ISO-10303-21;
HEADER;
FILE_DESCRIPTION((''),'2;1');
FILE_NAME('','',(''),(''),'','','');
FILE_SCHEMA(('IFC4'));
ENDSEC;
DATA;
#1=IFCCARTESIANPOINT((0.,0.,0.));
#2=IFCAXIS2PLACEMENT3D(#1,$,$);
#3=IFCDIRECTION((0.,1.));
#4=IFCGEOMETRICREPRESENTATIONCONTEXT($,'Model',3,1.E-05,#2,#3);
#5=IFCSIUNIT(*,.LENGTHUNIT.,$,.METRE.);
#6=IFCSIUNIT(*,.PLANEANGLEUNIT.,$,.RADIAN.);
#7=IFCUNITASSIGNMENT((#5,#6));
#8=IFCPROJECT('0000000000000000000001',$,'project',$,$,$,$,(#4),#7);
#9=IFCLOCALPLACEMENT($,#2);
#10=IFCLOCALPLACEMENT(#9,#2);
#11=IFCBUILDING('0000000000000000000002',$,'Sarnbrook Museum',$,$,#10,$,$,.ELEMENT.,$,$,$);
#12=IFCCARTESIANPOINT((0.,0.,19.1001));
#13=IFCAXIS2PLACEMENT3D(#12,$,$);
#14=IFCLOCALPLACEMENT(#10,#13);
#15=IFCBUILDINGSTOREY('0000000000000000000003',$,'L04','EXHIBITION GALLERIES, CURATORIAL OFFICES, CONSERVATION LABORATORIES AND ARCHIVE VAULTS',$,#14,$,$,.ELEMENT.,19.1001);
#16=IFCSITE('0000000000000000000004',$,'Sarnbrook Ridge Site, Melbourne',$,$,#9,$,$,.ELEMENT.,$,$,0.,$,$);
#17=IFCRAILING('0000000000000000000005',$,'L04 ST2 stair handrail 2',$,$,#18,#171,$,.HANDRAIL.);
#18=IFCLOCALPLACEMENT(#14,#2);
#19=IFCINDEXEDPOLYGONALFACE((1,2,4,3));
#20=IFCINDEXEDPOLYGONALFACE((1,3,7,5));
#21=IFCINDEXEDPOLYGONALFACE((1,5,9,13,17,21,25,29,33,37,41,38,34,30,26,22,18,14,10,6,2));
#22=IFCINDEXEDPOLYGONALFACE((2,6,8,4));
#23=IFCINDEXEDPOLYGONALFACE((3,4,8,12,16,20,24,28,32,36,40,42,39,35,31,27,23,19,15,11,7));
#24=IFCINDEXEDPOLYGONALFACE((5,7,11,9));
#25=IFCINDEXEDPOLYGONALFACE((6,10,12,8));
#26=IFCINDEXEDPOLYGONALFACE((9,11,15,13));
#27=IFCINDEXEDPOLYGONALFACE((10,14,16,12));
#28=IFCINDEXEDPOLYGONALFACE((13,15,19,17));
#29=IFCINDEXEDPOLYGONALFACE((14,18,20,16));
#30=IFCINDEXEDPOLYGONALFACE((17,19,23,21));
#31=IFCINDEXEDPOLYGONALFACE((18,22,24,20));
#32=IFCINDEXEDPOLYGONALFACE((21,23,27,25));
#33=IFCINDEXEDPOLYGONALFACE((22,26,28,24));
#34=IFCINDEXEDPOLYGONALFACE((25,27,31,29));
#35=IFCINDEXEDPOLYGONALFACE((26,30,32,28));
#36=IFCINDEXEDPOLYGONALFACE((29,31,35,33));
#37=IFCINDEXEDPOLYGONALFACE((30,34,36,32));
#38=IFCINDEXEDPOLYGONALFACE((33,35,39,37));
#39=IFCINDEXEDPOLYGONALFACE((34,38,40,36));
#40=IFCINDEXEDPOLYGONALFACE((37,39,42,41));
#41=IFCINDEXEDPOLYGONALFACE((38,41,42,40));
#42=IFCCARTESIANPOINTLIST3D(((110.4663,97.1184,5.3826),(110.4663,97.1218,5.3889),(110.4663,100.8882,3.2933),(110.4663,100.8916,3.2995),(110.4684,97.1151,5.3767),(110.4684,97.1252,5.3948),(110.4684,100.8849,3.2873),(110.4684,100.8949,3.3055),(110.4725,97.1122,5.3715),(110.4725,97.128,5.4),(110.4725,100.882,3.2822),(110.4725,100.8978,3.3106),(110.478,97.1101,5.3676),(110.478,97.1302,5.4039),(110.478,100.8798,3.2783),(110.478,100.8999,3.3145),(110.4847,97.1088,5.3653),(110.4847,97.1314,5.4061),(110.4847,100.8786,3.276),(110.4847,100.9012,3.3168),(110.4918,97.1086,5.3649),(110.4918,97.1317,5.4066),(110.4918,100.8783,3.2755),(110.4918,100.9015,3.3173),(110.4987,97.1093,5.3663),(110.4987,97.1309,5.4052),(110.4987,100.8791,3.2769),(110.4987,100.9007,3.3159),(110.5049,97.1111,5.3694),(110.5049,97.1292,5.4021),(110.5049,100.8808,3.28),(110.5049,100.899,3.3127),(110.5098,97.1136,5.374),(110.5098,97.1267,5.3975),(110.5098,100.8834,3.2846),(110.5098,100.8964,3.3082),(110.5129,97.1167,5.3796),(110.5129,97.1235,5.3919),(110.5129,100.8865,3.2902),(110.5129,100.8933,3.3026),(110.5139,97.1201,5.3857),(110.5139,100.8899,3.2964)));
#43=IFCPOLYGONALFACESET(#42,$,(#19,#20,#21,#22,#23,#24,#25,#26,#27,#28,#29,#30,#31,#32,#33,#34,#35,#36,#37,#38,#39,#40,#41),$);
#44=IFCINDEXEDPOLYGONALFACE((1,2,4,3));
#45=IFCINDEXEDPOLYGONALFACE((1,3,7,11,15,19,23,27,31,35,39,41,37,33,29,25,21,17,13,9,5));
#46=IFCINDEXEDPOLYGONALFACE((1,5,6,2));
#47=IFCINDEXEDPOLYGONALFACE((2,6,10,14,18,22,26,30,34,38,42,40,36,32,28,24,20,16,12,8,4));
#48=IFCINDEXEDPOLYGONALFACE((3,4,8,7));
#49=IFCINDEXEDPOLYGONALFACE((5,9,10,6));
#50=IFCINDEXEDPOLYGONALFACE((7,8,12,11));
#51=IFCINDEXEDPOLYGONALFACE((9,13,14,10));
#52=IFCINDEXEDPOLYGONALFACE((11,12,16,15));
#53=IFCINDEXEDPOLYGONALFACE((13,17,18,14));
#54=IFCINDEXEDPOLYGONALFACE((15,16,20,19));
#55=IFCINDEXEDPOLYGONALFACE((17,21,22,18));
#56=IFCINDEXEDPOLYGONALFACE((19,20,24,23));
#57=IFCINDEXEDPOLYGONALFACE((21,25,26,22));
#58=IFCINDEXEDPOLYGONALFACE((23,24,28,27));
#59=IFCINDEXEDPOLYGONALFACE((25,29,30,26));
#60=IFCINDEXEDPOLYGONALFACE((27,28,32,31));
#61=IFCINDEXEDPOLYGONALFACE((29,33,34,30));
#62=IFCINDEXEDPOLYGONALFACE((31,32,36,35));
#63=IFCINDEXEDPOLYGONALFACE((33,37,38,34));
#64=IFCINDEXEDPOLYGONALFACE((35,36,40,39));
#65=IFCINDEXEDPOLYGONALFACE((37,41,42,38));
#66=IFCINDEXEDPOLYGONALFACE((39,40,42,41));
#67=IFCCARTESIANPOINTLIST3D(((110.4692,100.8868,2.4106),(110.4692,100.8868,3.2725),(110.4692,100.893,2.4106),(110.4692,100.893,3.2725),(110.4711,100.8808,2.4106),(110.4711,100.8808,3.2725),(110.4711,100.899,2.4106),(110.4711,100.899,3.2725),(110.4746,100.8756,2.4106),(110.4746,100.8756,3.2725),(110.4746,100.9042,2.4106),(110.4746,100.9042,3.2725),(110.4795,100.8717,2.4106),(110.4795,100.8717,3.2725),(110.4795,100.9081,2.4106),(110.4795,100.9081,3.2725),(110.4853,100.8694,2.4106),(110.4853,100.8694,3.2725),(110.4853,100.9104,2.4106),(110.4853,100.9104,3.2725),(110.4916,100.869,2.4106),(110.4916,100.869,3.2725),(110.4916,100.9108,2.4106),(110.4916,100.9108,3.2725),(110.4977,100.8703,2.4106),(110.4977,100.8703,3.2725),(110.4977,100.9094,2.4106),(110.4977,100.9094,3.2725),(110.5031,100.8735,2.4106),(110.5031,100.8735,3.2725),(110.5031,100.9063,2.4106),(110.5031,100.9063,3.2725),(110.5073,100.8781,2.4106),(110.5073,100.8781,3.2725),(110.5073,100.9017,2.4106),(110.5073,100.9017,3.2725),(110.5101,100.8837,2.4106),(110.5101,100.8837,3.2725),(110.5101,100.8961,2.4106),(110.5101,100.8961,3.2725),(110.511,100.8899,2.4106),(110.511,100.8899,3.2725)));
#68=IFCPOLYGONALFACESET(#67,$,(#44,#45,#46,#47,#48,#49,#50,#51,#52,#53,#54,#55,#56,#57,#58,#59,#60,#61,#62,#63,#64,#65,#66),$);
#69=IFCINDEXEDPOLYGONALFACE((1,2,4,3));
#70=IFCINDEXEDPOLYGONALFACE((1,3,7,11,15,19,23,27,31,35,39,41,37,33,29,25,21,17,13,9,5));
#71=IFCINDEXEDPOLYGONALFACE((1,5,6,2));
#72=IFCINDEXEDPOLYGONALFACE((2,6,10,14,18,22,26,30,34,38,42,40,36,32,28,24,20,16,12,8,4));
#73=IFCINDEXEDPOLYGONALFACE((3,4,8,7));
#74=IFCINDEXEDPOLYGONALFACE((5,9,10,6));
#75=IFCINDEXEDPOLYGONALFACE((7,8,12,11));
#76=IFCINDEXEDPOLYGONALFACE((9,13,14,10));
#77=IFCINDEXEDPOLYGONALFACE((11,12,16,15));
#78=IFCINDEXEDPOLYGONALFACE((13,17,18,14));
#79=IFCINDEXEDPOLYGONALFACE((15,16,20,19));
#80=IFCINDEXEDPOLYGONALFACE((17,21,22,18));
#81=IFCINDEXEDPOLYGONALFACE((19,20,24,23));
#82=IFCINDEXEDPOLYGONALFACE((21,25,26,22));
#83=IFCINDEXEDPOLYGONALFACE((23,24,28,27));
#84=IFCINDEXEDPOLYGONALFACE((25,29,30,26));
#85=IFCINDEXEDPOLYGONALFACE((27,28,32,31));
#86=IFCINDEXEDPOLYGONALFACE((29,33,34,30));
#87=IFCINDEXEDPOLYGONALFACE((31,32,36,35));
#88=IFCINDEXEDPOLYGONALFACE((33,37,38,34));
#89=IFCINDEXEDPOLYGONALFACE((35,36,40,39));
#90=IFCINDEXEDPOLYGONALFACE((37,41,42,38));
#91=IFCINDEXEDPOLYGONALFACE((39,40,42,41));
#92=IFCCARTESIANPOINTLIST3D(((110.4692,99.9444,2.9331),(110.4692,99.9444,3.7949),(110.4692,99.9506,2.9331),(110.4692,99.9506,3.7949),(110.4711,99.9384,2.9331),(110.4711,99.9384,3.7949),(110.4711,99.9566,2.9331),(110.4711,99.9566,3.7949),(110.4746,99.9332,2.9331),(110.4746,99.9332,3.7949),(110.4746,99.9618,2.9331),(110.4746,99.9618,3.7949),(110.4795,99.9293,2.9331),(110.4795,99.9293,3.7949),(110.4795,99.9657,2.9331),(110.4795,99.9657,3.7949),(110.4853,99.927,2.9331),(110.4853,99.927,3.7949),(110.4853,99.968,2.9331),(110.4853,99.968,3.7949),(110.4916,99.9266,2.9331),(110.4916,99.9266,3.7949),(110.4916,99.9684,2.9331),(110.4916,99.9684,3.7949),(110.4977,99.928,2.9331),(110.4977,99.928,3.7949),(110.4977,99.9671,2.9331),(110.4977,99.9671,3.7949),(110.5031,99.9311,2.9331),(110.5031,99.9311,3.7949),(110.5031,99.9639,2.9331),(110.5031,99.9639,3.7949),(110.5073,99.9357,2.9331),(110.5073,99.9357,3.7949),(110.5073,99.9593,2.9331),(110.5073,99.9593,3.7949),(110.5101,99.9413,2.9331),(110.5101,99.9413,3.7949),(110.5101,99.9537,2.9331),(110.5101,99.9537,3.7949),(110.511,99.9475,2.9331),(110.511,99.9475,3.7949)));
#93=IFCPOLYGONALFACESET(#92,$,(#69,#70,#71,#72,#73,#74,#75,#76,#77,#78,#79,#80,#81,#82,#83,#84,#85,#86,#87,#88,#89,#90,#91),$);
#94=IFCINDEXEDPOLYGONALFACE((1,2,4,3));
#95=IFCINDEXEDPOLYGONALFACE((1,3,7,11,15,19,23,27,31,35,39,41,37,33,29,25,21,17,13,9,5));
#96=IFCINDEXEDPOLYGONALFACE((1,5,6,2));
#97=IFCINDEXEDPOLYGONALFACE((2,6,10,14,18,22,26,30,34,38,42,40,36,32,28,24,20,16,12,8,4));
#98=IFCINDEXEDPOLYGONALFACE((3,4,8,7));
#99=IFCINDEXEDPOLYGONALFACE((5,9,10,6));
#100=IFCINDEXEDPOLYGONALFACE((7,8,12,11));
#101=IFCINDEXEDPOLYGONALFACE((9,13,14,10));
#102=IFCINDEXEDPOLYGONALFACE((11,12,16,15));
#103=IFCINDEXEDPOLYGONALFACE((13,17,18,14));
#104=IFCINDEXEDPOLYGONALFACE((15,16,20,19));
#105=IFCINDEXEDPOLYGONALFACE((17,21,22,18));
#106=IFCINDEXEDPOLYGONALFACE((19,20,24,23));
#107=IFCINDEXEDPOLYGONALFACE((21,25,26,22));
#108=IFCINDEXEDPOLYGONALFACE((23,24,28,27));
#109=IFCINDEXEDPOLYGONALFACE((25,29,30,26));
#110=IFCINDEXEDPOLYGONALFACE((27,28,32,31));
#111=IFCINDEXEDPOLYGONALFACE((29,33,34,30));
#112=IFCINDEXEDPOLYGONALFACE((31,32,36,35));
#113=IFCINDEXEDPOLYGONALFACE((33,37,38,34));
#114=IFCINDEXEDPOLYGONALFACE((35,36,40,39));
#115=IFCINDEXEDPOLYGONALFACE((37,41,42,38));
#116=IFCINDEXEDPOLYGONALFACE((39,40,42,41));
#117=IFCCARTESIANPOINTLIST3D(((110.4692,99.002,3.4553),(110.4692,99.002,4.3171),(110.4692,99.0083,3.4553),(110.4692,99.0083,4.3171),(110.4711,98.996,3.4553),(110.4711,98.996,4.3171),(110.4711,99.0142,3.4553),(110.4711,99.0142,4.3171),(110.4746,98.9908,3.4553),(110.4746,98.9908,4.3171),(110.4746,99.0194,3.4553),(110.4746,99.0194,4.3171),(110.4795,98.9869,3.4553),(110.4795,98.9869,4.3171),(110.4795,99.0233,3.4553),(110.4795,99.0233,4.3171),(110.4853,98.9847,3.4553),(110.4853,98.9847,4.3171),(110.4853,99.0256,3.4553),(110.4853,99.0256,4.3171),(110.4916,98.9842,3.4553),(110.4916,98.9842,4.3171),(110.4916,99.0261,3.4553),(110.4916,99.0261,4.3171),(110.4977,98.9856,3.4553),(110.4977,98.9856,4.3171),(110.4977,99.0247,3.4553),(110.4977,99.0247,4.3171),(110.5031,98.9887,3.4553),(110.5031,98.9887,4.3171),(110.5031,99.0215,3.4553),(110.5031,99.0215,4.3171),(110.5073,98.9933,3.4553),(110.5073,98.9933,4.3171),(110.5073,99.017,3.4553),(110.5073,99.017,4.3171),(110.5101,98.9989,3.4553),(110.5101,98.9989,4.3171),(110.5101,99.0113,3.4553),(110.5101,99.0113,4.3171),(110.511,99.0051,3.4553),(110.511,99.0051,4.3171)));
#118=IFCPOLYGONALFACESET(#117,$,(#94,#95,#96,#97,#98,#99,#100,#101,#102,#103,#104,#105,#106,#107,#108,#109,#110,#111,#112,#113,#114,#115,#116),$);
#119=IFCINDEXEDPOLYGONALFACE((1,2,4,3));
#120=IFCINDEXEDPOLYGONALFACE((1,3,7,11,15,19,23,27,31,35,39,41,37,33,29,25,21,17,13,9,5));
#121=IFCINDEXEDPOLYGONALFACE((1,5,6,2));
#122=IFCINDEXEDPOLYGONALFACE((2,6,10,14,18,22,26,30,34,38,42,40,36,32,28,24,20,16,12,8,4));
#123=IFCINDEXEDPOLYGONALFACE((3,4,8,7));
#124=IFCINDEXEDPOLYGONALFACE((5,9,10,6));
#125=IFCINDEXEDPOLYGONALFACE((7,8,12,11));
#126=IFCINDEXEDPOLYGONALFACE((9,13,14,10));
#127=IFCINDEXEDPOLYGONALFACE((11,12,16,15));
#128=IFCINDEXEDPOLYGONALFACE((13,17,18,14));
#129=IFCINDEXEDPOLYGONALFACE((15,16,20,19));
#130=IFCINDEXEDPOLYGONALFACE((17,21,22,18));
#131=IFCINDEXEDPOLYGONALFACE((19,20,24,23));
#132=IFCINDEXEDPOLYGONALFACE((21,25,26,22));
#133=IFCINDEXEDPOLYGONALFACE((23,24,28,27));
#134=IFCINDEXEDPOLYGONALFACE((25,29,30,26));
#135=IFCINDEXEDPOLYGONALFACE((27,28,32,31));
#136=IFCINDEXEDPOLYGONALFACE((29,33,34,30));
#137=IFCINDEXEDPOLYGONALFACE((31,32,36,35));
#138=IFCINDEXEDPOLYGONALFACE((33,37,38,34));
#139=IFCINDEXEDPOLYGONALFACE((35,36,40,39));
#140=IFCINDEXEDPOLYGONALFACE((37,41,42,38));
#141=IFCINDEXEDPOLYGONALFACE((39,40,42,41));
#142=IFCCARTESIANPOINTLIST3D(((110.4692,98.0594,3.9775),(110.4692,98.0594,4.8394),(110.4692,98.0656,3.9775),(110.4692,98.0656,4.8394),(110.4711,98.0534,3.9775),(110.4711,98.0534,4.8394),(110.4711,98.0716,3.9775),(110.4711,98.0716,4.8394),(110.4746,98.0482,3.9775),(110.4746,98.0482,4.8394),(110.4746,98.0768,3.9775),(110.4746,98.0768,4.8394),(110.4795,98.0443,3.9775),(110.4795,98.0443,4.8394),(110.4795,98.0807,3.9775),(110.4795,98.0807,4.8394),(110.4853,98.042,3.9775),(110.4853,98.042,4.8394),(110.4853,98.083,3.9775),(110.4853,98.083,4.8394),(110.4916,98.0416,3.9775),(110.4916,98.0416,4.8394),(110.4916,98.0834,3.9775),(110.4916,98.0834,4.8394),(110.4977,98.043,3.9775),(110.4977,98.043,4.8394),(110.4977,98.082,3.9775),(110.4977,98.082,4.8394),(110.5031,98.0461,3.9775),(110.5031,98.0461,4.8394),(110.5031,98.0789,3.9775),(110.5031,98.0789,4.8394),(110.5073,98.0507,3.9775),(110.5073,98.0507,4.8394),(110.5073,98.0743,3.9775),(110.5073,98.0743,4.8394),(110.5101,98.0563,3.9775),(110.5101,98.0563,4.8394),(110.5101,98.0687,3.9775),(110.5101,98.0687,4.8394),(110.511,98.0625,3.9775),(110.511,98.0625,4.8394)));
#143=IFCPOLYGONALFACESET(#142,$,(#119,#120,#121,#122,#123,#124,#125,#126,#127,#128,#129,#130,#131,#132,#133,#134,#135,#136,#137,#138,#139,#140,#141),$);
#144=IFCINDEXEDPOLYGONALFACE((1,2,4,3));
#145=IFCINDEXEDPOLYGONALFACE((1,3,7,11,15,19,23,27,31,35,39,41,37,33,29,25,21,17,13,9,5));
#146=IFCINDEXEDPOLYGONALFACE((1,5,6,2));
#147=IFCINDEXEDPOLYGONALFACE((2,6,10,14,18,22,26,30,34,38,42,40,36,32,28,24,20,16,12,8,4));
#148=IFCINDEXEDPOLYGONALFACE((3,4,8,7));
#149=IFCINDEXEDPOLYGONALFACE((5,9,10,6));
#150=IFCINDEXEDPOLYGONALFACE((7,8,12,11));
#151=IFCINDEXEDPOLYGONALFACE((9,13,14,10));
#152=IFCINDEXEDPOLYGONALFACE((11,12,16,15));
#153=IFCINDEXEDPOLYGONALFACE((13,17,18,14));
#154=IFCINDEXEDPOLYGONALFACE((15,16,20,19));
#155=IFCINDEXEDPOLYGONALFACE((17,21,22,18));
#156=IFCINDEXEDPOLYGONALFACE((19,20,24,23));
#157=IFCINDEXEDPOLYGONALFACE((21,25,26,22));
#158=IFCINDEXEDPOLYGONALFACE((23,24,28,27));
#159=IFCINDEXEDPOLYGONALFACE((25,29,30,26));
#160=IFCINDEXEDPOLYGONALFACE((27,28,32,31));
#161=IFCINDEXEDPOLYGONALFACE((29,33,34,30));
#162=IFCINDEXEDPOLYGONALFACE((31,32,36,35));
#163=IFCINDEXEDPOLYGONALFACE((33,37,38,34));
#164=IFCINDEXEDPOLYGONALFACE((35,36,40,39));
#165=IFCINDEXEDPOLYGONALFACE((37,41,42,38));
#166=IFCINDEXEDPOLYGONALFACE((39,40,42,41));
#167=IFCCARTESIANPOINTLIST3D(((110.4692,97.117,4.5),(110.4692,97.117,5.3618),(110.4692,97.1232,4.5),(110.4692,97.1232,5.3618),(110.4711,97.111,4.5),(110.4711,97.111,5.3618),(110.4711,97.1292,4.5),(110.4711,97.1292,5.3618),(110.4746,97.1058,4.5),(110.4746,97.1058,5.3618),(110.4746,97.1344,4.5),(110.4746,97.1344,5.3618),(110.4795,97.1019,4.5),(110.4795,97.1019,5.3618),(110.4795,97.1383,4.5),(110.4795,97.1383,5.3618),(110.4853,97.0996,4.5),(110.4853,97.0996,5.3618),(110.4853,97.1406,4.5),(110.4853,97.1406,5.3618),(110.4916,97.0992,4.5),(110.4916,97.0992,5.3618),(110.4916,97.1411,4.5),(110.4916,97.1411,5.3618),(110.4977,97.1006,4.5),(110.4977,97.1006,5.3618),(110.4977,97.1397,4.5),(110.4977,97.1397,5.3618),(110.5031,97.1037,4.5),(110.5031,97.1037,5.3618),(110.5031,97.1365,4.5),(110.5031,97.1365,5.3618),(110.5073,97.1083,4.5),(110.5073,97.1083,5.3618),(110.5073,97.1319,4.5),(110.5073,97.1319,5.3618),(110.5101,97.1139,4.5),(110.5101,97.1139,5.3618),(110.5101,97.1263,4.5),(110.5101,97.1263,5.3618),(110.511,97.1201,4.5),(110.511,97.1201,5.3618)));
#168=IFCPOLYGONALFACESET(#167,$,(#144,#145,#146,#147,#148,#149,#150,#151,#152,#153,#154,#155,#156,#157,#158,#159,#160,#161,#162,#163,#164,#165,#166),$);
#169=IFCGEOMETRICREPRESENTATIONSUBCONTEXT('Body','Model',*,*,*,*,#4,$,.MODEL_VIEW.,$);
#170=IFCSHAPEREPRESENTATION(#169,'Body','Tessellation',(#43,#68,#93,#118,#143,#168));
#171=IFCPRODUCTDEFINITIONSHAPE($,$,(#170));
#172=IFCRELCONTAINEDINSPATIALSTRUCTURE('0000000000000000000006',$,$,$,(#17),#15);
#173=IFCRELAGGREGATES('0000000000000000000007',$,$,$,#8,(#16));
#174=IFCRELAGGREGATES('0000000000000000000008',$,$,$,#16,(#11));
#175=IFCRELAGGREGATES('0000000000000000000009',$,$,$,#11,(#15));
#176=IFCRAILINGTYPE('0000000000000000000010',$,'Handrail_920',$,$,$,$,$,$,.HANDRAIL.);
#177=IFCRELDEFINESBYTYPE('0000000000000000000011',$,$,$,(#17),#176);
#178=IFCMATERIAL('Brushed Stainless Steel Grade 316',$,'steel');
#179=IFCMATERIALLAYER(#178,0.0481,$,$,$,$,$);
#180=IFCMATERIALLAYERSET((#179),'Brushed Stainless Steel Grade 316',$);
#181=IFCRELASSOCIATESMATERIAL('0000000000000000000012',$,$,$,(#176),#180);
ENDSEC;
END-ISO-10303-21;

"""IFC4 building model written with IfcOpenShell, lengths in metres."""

from ifc_helpers import new_model, si_unit, direction, frame, origin, origin_2d, place, context, subcontext, project, spatial, circle, extrude, material, layer, layer_set, type_object, element, save


model = new_model("IFC4")

# Units and contexts
model_context = context("Model", 3, precision=1e-05, world=origin(), true_north=direction((0.0, 1.0)))
body_context = subcontext(model_context, "Body", "Model", "MODEL_VIEW")
ifc_project = project(units=[si_unit("LENGTHUNIT", "METRE"), si_unit("PLANEANGLEUNIT", "RADIAN")], contexts=[model_context])

# Site, building, storey
site_placement = place(None, origin())
site = spatial("IfcSite", under=ifc_project, at=site_placement, Name="Sarnbrook Ridge Site, Melbourne", CompositionType="ELEMENT", RefElevation=0.0)
building_placement = place(site_placement, origin())
building = spatial("IfcBuilding", under=site, at=building_placement, Name="Sarnbrook Museum", CompositionType="ELEMENT")
storey_placement = place(building_placement, frame((0.0, 0.0, 19.1001)))
storey = spatial("IfcBuildingStorey", under=building, at=storey_placement, Name="L04", Description="EXHIBITION GALLERIES, CURATORIAL OFFICES, CONSERVATION LABORATORIES AND ARCHIVE VAULTS", CompositionType="ELEMENT", Elevation=19.1001)

# Railing
ifc_material_1 = material(Name="Brushed Stainless Steel Grade 316", Category="steel")
ifc_layer_1 = layer(ifc_material_1, 0.0481)
ifc_layer_set_1 = layer_set([ifc_layer_1], Name="Brushed Stainless Steel Grade 316")
railing_type_1 = type_object("IfcRailingType", Name="Handrail_920", PredefinedType="HANDRAIL", material=ifc_layer_set_1)
for number, where, name in (
    (1, (110.49, 100.8899, 2.4106), "L04 ST2 stair handrail 2"),
):
    element("IfcRailing", number, at=place(storey_placement, frame(where)), inside=storey, type_object=railing_type_1, Name=name, PredefinedType="HANDRAIL", context=body_context, shape_type="SweptSolid", body=[
        extrude(circle(Radius=0.0239, at=origin_2d()), frame((0.0, 0.0, 0.8857), z_axis=(0.0, -0.874646, 0.484763), x_axis=(1.0, 0.0, 0.0)), (0.0, 0.0, 1.0), 4.3101),
        extrude(circle(Radius=0.021, at=origin_2d()), origin(), (0.0, 0.0, 1.0), 0.8618),
        extrude(circle(Radius=0.021, at=origin_2d()), frame((0.0, -0.9424, 0.5225)), (0.0, 0.0, 1.0), 0.8618),
        extrude(circle(Radius=0.021, at=origin_2d()), frame((0.0, -1.8848, 1.0447)), (0.0, 0.0, 1.0), 0.8618),
        extrude(circle(Radius=0.021, at=origin_2d()), frame((0.0, -2.8274, 1.5669)), (0.0, 0.0, 1.0), 0.8618),
        extrude(circle(Radius=0.021, at=origin_2d()), frame((0.0, -3.7698, 2.0894)), (0.0, 0.0, 1.0), 0.8618),
    ])

save(model, "model.ifc")
